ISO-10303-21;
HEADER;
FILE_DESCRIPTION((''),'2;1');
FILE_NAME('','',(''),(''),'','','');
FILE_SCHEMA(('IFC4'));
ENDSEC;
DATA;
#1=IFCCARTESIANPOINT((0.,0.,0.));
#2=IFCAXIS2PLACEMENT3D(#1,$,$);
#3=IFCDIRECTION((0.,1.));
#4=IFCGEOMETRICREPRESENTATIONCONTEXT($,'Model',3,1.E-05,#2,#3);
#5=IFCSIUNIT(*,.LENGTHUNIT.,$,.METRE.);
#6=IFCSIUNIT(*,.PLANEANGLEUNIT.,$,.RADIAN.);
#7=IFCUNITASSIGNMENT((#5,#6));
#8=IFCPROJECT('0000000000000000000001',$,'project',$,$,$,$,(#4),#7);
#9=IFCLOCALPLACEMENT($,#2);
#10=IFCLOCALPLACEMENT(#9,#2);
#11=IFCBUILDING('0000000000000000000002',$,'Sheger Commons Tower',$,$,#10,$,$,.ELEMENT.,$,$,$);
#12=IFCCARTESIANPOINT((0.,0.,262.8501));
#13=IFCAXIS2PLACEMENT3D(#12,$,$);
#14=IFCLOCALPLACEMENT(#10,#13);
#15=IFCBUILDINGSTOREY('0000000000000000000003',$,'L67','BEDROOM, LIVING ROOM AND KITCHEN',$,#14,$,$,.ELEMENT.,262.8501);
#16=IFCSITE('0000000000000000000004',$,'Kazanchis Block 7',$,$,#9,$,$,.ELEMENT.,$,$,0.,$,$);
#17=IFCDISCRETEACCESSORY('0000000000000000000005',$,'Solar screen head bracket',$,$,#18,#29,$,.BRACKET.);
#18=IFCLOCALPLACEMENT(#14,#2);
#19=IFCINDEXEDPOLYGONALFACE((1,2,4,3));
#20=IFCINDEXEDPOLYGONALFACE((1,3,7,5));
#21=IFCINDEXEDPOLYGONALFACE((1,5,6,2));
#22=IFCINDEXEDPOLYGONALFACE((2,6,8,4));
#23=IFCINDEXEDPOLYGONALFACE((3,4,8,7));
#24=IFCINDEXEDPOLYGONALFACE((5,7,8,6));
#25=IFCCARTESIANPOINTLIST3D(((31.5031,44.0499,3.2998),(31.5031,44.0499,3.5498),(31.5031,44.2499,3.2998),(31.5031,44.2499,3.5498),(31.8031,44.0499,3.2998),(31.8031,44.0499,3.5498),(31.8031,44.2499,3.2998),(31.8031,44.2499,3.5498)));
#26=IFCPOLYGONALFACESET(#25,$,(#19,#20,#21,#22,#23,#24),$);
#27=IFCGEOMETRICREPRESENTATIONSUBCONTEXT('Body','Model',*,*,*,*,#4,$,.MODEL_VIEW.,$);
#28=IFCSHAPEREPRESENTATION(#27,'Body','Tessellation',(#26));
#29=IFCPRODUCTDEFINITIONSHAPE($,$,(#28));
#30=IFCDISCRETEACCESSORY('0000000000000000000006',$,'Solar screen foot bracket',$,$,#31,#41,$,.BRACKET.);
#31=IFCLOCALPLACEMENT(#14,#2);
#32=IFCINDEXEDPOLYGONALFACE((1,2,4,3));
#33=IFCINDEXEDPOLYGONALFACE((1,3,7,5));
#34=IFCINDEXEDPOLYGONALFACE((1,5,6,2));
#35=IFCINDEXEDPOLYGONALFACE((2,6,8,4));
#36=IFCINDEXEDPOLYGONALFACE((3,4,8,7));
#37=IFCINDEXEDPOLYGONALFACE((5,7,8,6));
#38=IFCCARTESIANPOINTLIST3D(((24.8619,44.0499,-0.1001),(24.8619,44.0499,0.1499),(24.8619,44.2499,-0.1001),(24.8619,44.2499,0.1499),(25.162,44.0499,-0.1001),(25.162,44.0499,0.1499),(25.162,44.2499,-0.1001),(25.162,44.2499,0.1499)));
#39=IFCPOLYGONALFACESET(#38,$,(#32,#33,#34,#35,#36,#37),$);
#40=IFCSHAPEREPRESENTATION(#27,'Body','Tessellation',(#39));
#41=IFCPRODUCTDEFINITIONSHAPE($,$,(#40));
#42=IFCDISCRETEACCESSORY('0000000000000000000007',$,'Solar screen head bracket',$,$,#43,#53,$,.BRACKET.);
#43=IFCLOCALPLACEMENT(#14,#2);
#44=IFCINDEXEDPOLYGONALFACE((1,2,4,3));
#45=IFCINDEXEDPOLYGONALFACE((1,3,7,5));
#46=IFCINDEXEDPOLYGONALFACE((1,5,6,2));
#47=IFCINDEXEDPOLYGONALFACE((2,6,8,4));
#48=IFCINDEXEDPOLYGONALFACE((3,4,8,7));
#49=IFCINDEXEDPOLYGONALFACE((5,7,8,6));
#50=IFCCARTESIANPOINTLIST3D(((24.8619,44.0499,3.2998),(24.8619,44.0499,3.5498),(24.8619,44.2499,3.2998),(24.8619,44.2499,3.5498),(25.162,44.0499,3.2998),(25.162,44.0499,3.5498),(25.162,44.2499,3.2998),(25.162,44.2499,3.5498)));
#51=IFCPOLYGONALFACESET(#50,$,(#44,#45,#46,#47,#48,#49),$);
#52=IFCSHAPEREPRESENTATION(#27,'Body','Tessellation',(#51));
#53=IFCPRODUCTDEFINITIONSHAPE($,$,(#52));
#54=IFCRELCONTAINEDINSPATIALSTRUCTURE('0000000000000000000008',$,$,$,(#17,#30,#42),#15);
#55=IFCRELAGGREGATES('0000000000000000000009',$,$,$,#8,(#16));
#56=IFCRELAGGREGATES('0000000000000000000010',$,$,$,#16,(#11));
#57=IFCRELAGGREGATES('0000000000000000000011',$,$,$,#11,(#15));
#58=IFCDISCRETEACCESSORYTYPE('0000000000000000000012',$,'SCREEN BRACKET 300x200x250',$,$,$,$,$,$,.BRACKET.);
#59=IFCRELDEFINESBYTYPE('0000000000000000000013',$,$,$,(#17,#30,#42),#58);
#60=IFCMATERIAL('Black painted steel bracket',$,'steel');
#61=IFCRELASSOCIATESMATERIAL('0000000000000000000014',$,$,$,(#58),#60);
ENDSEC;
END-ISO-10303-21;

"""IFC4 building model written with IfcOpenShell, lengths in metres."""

from ifc_helpers import new_model, si_unit, direction, frame, origin, origin_2d, place, context, subcontext, project, spatial, rectangle, extrude, material, type_object, element, save


model = new_model("IFC4")

# Units and contexts
model_context = context("Model", 3, precision=1e-05, world=origin(), true_north=direction((0.0, 1.0)))
body_context = subcontext(model_context, "Body", "Model", "MODEL_VIEW")
ifc_project = project(units=[si_unit("LENGTHUNIT", "METRE"), si_unit("PLANEANGLEUNIT", "RADIAN")], contexts=[model_context])

# Site, building, storey
site_placement = place(None, origin())
site = spatial("IfcSite", under=ifc_project, at=site_placement, Name="Kazanchis Block 7", CompositionType="ELEMENT", RefElevation=0.0)
building_placement = place(site_placement, origin())
building = spatial("IfcBuilding", under=site, at=building_placement, Name="Sheger Commons Tower", CompositionType="ELEMENT")
storey_placement = place(building_placement, frame((0.0, 0.0, 262.8501)))
storey = spatial("IfcBuildingStorey", under=building, at=storey_placement, Name="L67", Description="BEDROOM, LIVING ROOM AND KITCHEN", CompositionType="ELEMENT", Elevation=262.8501)

# Discrete accessories
ifc_material_1 = material(Name="Black painted steel bracket", Category="steel")
discrete_accessory_type = type_object("IfcDiscreteAccessoryType", Name="SCREEN BRACKET 300x200x250", PredefinedType="BRACKET", material=ifc_material_1)
for number, where, z_axis, x_axis, name in (
    (1, (31.6531, 44.1499, 3.2998), (0.0, 0.0, 1.0), (-1.0, 0.0, 0.0), "Solar screen head bracket"),
    (2, (25.012, 44.1499, -0.1001), (0.0, 0.0, 1.0), (-1.0, 0.0, 0.0), "Solar screen foot bracket"),
    (3, (25.012, 44.1499, 3.2998), (0.0, 0.0, 1.0), (-1.0, 0.0, 0.0), "Solar screen head bracket"),
):
    element("IfcDiscreteAccessory", number, at=place(storey_placement, frame(where, z_axis=z_axis, x_axis=x_axis)), inside=storey, type_object=discrete_accessory_type, Name=name, PredefinedType="BRACKET", context=body_context, shape_type="SweptSolid", body=[
        extrude(rectangle(XDim=0.3, YDim=0.2, at=origin_2d()), origin(), (0.0, 0.0, 1.0), 0.25),
    ])

save(model, "model.ifc")
